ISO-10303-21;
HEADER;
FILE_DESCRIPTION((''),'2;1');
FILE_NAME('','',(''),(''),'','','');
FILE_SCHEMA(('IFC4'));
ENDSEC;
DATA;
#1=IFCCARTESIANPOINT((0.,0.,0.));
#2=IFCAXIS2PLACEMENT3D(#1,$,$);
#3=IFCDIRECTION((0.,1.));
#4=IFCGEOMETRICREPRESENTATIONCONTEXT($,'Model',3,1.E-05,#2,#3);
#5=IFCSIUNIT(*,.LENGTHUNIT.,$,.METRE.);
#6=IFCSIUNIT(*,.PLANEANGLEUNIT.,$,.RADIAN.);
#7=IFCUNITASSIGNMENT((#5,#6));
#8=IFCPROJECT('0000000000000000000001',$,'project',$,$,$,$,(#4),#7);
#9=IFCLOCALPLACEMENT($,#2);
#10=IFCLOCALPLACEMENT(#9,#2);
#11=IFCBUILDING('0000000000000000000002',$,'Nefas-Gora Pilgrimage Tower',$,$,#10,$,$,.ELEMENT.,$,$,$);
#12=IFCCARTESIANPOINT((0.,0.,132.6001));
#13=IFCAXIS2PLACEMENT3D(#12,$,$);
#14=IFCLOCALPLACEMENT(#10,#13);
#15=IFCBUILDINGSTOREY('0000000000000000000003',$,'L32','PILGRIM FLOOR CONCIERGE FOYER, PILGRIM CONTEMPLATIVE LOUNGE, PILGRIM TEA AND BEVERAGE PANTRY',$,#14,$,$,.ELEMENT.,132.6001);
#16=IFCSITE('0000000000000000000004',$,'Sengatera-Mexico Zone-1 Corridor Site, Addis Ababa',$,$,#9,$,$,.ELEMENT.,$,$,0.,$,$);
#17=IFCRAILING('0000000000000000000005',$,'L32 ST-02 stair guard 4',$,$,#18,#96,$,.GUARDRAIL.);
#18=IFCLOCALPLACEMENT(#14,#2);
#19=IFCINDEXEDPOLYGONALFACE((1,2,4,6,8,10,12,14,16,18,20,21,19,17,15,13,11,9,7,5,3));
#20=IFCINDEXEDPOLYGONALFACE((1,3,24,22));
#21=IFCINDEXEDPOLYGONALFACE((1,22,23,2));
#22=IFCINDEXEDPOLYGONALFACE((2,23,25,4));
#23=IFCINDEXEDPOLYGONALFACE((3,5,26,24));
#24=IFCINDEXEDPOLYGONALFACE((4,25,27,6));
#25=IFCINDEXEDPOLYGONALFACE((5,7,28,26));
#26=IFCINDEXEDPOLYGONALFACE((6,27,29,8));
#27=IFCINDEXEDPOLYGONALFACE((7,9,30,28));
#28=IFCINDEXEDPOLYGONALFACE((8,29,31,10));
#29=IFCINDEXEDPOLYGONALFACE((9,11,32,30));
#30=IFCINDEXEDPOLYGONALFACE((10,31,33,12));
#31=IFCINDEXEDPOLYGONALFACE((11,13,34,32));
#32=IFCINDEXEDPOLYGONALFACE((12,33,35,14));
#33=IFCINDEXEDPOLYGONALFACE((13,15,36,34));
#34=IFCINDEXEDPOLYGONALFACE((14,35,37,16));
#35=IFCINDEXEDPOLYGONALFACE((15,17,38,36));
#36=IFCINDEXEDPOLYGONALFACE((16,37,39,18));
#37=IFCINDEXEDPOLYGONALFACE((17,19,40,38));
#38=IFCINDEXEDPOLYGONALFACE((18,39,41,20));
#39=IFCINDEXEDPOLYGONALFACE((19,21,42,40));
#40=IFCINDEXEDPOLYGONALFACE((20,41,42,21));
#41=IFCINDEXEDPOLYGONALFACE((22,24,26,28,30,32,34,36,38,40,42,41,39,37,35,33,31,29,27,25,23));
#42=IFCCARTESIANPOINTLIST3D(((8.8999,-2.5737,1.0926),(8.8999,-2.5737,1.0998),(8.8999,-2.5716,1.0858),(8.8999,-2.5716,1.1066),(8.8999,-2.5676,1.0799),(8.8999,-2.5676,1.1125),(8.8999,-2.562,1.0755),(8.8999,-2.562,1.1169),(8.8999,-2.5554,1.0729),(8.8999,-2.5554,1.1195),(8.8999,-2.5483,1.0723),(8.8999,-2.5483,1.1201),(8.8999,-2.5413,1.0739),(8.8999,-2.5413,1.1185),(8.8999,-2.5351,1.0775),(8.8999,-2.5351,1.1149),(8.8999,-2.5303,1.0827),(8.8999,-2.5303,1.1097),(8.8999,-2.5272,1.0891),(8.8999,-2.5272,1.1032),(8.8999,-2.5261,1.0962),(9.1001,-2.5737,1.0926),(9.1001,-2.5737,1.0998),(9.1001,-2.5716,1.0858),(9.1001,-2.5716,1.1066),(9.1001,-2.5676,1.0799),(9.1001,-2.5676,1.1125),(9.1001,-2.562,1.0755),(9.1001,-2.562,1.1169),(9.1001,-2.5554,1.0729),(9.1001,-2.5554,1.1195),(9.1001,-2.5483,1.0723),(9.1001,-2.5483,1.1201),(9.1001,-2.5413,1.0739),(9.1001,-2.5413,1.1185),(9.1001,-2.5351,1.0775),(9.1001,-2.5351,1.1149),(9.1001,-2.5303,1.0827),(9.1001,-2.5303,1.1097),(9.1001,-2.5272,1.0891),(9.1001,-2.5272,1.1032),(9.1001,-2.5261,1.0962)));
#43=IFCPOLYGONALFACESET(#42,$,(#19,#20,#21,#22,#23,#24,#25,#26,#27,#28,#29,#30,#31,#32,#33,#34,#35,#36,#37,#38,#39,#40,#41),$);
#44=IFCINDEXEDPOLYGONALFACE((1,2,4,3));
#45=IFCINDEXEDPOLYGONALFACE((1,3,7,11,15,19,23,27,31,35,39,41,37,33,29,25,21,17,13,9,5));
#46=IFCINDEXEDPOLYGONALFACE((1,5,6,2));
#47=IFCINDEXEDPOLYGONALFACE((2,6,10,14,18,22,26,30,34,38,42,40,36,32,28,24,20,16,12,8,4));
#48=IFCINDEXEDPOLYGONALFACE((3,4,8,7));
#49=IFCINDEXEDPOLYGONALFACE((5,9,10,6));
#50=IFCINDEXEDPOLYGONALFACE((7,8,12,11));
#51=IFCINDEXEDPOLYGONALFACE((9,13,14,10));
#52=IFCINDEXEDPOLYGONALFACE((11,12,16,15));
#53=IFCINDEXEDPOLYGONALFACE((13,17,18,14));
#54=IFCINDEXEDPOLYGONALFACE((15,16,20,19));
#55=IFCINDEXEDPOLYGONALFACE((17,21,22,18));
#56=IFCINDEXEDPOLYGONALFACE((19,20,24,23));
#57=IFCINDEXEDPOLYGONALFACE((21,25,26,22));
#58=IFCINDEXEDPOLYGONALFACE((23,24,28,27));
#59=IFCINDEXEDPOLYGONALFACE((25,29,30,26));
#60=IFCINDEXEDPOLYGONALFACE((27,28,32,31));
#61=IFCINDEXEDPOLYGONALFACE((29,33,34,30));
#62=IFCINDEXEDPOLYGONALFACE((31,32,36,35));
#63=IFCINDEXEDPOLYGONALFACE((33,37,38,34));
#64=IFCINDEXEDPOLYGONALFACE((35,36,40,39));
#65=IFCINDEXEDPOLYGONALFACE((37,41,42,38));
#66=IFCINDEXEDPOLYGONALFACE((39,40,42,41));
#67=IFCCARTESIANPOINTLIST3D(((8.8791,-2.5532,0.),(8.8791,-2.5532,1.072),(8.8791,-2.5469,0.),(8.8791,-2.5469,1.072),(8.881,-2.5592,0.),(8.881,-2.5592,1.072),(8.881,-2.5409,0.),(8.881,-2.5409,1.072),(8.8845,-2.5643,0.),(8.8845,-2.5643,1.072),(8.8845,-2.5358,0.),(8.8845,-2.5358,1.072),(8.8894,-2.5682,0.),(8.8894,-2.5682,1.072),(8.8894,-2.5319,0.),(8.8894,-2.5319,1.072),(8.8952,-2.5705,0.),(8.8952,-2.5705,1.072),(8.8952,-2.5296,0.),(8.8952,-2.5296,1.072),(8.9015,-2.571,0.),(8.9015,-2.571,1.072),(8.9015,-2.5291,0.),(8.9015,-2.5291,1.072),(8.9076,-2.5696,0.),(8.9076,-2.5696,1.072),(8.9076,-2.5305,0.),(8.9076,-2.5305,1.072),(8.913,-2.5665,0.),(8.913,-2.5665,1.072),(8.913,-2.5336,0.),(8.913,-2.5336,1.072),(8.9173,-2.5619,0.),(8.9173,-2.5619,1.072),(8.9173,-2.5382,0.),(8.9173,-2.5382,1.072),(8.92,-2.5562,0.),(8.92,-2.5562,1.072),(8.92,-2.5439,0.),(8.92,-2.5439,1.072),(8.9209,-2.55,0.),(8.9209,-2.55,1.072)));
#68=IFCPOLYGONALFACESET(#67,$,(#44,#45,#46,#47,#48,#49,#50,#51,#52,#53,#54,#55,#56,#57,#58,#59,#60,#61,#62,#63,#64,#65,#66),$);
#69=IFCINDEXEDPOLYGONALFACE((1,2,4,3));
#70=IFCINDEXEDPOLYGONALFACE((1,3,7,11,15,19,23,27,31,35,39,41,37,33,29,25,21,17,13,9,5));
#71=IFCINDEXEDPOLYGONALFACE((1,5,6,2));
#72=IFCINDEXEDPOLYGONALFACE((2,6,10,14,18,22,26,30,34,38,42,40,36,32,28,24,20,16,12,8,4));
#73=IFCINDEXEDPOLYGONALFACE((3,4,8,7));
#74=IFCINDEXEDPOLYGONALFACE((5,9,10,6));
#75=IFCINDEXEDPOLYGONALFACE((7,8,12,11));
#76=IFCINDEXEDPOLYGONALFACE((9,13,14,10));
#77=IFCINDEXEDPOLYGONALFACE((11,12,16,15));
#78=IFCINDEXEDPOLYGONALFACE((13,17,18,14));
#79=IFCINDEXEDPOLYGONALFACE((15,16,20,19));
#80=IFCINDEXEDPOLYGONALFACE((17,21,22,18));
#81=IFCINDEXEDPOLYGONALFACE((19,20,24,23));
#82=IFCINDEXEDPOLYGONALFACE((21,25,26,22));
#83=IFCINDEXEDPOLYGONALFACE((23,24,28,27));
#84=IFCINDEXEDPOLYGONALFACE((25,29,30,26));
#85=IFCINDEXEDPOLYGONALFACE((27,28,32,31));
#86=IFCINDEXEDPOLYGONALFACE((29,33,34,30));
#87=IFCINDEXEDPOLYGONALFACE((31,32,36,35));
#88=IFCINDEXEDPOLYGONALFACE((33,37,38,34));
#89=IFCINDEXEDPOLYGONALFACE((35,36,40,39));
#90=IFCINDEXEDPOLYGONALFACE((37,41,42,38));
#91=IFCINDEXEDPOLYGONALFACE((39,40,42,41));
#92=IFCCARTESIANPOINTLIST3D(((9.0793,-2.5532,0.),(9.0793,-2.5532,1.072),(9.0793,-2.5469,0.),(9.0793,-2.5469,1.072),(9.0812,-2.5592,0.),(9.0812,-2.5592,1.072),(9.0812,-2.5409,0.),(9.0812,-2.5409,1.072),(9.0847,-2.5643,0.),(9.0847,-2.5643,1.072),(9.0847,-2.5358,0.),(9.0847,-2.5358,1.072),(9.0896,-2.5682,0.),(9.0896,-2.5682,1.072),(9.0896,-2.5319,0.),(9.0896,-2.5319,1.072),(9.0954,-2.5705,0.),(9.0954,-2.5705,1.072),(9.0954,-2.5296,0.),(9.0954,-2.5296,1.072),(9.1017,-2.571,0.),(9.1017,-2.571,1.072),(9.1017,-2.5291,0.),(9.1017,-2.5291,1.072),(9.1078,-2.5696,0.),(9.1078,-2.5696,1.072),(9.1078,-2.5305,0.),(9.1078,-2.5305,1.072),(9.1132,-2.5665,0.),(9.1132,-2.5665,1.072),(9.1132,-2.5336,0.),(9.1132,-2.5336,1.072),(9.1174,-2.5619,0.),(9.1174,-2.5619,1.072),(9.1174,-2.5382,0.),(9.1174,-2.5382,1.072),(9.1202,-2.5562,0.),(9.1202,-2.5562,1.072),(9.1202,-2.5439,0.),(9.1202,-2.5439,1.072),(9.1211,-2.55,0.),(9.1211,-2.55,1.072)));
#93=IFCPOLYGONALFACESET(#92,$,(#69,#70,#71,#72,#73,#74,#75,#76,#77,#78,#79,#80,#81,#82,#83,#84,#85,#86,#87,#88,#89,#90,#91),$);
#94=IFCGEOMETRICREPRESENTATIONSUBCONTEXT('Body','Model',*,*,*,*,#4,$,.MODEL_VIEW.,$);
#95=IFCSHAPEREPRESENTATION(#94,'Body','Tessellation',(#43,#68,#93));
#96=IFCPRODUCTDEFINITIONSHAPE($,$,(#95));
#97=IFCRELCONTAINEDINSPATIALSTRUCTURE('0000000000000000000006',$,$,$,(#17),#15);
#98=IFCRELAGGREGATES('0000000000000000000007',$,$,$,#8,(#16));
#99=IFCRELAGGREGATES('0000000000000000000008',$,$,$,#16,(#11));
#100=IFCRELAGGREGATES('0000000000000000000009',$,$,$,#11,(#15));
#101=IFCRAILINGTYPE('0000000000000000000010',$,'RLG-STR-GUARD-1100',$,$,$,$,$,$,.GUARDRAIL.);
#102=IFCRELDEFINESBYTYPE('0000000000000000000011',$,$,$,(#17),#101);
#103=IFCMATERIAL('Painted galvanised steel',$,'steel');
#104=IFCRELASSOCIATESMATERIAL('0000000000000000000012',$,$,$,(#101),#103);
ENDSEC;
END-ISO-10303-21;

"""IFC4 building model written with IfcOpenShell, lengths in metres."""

from ifc_helpers import new_model, si_unit, direction, frame, origin, origin_2d, place, context, subcontext, project, spatial, circle, extrude, material, type_object, element, save


model = new_model("IFC4")

# Units and contexts
model_context = context("Model", 3, precision=1e-05, world=origin(), true_north=direction((0.0, 1.0)))
body_context = subcontext(model_context, "Body", "Model", "MODEL_VIEW")
ifc_project = project(units=[si_unit("LENGTHUNIT", "METRE"), si_unit("PLANEANGLEUNIT", "RADIAN")], contexts=[model_context])

# Site, building, storey
site_placement = place(None, origin())
site = spatial("IfcSite", under=ifc_project, at=site_placement, Name="Sengatera-Mexico Zone-1 Corridor Site, Addis Ababa", CompositionType="ELEMENT", RefElevation=0.0)
building_placement = place(site_placement, origin())
building = spatial("IfcBuilding", under=site, at=building_placement, Name="Nefas-Gora Pilgrimage Tower", CompositionType="ELEMENT")
storey_placement = place(building_placement, frame((0.0, 0.0, 132.6001)))
storey = spatial("IfcBuildingStorey", under=building, at=storey_placement, Name="L32", Description="PILGRIM FLOOR CONCIERGE FOYER, PILGRIM CONTEMPLATIVE LOUNGE, PILGRIM TEA AND BEVERAGE PANTRY", CompositionType="ELEMENT", Elevation=132.6001)

# Railing
ifc_material_1 = material(Name="Painted galvanised steel", Category="steel")
railing_type_1 = type_object("IfcRailingType", Name="RLG-STR-GUARD-1100", PredefinedType="GUARDRAIL", material=ifc_material_1)
railing_1_placement = place(storey_placement, frame((8.8999, -2.55, 0.0)))
element("IfcRailing", 1, at=railing_1_placement, inside=storey, type_object=railing_type_1, Name="L32 ST-02 stair guard 4", PredefinedType="GUARDRAIL", context=body_context, shape_type="SweptSolid", body=[
    extrude(circle(Radius=0.0239, at=origin_2d()), frame((0.0, 0.0, 1.0962), z_axis=(1.0, 0.0, 0.0), x_axis=(0.0, 1.0, 0.0)), (0.0, 0.0, 1.0), 0.2002),
    extrude(circle(Radius=0.021, at=origin_2d()), origin(), (0.0, 0.0, 1.0), 1.072),
    extrude(circle(Radius=0.021, at=origin_2d()), frame((0.2002, 0.0, 0.0)), (0.0, 0.0, 1.0), 1.072),
])

save(model, "model.ifc")
